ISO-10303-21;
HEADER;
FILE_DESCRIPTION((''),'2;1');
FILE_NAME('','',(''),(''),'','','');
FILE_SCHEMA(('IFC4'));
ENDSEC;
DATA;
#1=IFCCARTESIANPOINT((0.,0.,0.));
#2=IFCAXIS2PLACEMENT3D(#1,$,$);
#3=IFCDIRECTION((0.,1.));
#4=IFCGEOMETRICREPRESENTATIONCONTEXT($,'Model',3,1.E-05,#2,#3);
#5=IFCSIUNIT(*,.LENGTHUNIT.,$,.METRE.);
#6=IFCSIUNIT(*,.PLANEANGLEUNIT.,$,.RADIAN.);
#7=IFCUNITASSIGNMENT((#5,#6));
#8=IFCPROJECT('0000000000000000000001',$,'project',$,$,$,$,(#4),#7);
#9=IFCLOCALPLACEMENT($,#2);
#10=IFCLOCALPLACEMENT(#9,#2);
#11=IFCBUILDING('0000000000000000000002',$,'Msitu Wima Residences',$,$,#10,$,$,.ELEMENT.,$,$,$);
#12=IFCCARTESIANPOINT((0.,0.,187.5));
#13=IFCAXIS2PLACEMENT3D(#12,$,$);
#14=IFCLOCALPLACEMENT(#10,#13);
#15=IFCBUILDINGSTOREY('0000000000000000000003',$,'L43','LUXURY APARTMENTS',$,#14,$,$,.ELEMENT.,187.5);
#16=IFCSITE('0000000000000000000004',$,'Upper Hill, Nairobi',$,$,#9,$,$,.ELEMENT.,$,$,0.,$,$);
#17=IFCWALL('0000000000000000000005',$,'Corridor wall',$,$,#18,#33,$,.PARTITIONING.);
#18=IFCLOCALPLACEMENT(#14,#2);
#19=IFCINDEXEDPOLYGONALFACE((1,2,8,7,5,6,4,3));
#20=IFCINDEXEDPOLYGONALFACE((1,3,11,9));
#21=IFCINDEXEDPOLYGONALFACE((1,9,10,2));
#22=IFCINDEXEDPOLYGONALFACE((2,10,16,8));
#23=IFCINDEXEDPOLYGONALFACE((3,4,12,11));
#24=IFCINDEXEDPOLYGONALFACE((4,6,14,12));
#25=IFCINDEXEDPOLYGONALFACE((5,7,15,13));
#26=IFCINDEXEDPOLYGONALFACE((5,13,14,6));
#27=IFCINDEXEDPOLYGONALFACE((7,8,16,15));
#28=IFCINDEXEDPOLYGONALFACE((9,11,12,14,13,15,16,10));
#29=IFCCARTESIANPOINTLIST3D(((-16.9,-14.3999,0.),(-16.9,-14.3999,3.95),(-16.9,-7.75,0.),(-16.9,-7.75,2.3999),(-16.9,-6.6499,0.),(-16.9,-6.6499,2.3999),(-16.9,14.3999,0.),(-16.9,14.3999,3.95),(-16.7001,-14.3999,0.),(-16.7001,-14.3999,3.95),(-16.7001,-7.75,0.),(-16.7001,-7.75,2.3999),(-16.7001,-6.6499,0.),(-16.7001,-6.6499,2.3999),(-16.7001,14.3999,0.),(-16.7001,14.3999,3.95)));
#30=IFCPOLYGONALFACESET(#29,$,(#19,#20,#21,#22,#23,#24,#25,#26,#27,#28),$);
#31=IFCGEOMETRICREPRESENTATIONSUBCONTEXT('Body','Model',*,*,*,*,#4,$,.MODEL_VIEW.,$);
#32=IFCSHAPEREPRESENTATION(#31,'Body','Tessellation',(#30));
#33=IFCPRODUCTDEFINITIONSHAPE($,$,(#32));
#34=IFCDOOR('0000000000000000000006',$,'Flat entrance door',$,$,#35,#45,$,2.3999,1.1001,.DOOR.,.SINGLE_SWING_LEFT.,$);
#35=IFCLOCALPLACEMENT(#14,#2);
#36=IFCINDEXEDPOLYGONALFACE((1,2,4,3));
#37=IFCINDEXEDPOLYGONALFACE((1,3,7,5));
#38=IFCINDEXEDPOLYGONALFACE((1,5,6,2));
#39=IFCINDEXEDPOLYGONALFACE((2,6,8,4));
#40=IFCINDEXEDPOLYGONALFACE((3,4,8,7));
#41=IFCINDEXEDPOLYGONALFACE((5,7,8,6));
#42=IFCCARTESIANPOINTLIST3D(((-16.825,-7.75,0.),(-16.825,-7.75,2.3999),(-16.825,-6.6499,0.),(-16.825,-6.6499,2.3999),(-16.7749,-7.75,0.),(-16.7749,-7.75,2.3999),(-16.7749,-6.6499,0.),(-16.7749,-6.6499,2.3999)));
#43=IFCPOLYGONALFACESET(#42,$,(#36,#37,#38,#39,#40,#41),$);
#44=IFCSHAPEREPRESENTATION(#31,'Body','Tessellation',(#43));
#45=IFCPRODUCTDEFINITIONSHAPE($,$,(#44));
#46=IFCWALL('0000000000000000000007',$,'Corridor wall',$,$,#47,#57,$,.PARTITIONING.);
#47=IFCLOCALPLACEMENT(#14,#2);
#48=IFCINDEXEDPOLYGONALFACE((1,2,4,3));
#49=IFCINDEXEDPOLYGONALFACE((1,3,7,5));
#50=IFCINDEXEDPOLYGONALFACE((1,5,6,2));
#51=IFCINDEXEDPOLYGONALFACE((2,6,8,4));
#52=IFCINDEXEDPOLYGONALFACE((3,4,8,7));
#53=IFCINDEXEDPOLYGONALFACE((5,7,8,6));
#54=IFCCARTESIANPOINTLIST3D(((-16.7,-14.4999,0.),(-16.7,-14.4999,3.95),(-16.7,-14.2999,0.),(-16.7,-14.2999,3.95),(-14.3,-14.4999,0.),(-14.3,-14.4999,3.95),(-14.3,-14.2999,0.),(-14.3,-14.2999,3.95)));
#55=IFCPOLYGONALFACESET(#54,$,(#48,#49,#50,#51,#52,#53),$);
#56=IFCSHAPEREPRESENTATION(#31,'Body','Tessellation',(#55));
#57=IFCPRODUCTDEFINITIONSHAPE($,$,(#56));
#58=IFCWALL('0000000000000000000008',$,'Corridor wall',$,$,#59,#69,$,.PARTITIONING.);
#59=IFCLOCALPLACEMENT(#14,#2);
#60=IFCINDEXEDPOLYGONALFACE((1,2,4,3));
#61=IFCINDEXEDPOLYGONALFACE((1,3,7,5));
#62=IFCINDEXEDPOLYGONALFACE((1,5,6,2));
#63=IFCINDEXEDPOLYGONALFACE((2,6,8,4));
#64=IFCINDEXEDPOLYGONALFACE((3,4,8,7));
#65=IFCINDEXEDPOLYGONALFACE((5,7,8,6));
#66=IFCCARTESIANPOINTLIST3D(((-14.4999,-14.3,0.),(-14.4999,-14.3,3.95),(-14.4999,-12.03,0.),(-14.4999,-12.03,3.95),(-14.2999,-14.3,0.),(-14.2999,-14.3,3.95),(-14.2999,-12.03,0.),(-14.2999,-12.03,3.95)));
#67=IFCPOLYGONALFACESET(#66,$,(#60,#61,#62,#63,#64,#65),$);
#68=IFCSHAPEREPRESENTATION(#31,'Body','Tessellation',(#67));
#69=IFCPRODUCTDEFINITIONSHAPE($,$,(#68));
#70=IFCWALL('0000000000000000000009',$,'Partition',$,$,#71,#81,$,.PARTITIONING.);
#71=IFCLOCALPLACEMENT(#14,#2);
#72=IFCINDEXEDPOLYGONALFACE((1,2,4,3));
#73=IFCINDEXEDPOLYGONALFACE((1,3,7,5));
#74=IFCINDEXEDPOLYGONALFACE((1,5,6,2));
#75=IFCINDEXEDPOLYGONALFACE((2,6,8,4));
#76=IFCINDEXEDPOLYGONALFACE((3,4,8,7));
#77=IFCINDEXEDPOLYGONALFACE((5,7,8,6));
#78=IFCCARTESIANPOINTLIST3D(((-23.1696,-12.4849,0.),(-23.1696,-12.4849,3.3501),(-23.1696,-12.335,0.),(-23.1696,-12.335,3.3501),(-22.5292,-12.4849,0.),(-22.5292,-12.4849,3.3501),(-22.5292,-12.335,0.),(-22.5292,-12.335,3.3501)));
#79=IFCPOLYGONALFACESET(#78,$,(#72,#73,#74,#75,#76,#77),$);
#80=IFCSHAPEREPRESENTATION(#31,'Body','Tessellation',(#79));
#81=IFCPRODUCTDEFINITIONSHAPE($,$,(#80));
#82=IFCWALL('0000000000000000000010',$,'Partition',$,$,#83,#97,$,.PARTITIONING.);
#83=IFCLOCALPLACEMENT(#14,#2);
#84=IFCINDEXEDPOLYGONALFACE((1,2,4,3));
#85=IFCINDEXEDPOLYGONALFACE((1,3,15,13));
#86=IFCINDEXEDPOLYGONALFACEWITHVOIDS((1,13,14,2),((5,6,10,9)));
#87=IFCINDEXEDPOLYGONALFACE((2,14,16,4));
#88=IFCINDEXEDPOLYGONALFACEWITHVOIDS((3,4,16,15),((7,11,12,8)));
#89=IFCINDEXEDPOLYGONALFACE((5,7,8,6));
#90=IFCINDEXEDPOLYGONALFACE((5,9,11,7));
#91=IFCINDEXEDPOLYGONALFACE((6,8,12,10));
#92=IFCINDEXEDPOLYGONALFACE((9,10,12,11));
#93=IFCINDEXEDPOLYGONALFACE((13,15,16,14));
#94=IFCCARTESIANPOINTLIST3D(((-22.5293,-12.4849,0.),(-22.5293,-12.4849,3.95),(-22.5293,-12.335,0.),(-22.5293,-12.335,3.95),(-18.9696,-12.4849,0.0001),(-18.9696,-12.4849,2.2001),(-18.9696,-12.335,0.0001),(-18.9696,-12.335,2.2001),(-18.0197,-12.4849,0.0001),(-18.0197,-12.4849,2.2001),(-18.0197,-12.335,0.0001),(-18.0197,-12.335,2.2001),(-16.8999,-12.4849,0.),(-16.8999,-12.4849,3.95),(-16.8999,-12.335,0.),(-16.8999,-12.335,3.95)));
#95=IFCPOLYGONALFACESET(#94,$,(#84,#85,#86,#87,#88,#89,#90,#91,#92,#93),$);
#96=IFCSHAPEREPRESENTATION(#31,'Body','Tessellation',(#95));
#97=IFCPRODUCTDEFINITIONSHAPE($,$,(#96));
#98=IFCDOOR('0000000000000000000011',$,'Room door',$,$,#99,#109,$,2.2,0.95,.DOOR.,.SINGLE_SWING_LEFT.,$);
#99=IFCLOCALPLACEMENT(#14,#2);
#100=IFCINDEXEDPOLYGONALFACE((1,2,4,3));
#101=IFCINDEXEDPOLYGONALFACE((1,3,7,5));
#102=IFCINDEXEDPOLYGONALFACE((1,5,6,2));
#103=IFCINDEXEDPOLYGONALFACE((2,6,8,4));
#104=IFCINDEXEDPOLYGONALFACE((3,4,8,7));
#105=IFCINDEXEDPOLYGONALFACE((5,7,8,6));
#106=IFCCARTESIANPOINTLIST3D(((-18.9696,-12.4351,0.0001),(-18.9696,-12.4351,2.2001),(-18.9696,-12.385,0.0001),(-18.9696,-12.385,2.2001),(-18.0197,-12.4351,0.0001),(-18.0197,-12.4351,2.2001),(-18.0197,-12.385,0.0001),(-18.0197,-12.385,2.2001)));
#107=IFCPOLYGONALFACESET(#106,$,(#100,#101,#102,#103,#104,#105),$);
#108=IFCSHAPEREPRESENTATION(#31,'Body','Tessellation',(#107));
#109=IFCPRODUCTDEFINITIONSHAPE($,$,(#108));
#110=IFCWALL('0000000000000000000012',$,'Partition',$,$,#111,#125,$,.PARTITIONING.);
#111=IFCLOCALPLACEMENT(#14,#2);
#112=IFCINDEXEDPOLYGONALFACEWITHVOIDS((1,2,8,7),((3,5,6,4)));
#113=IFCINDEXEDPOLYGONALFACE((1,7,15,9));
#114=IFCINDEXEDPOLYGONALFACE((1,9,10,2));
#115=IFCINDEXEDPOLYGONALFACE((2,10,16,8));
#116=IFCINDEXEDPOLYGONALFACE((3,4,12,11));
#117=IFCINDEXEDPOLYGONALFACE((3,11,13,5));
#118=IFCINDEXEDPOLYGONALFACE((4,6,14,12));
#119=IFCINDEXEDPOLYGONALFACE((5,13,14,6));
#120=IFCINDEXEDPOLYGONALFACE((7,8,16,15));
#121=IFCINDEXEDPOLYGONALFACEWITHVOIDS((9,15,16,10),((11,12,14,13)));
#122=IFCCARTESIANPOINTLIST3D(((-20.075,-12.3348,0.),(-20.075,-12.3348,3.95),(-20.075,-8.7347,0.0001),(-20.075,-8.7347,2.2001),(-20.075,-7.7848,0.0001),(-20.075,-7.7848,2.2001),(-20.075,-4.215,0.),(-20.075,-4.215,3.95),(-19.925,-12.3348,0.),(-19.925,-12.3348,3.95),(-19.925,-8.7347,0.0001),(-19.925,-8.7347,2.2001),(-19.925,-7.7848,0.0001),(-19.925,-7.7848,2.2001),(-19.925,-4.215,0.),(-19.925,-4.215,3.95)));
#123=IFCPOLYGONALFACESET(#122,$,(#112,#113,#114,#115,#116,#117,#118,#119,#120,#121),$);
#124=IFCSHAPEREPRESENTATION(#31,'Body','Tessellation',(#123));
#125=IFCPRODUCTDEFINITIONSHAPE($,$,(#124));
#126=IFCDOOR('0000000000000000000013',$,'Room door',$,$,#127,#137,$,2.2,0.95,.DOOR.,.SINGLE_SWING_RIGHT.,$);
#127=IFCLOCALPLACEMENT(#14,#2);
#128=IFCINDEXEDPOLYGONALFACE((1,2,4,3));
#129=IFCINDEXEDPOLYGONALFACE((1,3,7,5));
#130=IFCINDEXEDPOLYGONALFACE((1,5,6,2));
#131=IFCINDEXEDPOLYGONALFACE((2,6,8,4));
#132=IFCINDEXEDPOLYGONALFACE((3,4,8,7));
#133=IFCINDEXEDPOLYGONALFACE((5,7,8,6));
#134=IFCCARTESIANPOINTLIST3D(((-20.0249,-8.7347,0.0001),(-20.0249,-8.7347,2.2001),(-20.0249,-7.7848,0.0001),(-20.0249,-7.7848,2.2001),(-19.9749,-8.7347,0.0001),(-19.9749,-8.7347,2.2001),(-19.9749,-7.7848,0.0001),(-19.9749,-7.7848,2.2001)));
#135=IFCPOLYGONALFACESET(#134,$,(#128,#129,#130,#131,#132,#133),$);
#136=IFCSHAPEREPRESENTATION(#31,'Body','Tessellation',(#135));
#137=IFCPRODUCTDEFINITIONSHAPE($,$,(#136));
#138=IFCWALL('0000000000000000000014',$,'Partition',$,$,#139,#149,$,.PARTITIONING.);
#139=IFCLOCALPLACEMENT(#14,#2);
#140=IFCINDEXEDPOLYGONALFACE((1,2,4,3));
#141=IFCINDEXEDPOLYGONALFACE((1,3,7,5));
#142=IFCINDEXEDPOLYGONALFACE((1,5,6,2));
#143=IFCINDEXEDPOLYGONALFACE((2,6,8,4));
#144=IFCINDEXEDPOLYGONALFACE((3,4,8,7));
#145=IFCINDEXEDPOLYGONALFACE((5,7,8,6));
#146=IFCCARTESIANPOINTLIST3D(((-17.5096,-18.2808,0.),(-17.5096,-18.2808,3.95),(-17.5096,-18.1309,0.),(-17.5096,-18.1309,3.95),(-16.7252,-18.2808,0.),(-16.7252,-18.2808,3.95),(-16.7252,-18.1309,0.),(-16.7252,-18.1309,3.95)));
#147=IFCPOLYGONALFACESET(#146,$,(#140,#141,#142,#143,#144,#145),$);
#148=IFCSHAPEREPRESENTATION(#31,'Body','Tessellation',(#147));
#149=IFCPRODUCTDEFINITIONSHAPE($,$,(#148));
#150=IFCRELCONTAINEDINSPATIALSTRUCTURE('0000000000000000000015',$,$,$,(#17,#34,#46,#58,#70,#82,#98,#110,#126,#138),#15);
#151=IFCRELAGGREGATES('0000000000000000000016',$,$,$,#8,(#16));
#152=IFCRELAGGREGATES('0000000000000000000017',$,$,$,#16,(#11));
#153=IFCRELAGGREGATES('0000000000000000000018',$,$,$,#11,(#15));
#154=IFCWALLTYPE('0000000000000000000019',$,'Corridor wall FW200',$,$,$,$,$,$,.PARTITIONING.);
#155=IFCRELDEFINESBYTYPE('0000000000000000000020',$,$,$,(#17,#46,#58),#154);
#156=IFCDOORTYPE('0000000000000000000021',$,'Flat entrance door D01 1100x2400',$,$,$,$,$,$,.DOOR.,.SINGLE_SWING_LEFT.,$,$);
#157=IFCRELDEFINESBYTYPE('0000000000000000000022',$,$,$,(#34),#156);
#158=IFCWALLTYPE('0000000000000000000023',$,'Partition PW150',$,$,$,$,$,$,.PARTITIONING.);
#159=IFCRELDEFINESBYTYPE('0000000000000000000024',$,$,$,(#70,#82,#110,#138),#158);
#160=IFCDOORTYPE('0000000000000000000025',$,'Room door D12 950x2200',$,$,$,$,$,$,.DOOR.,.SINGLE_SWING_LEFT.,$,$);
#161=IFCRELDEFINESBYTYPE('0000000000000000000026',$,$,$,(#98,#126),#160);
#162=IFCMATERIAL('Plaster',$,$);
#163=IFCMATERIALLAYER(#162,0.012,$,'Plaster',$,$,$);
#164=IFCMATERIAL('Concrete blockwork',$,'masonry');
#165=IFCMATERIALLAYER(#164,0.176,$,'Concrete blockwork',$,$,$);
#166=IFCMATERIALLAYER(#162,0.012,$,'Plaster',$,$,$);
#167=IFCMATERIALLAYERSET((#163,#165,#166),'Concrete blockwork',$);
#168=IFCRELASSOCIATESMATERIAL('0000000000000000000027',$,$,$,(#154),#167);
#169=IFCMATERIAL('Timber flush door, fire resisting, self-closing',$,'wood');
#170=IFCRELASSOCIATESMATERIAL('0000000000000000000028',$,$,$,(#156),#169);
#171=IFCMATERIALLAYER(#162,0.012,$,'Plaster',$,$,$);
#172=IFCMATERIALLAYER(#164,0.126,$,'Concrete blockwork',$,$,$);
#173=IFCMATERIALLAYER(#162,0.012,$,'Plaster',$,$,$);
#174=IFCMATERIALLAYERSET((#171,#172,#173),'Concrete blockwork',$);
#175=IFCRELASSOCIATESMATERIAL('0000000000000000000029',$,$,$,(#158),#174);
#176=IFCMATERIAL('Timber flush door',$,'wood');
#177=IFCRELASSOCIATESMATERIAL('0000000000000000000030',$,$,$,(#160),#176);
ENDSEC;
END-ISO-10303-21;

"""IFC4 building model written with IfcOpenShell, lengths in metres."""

from ifc_helpers import new_model, si_unit, direction, frame, frame_2d, origin, place, context, subcontext, project, spatial, rectangle, extrude, material, layer, layer_set, type_object, element, fill, save


model = new_model("IFC4")

# Units and contexts
model_context = context("Model", 3, precision=1e-05, world=origin(), true_north=direction((0.0, 1.0)))
body_context = subcontext(model_context, "Body", "Model", "MODEL_VIEW")
ifc_project = project(units=[si_unit("LENGTHUNIT", "METRE"), si_unit("PLANEANGLEUNIT", "RADIAN")], contexts=[model_context])

# Site, building, storey
site_placement = place(None, origin())
site = spatial("IfcSite", under=ifc_project, at=site_placement, Name="Upper Hill, Nairobi", CompositionType="ELEMENT", RefElevation=0.0)
building_placement = place(site_placement, origin())
building = spatial("IfcBuilding", under=site, at=building_placement, Name="Msitu Wima Residences", CompositionType="ELEMENT")
storey_placement = place(building_placement, frame((0.0, 0.0, 187.5)))
storey = spatial("IfcBuildingStorey", under=building, at=storey_placement, Name="L43", Description="LUXURY APARTMENTS", CompositionType="ELEMENT", Elevation=187.5)

# Wall, opening, door
ifc_material_1 = material(Name="Plaster")
ifc_layer_1 = layer(ifc_material_1, 0.012, Name="Plaster")
ifc_material_2 = material(Name="Concrete blockwork", Category="masonry")
ifc_layer_2 = layer(ifc_material_2, 0.176, Name="Concrete blockwork")
ifc_layer_3 = layer(ifc_material_1, 0.012, Name="Plaster")
ifc_layer_set_1 = layer_set([ifc_layer_1, ifc_layer_2, ifc_layer_3], Name="Concrete blockwork")
wall_type_1 = type_object("IfcWallType", Name="Corridor wall FW200", PredefinedType="PARTITIONING", material=ifc_layer_set_1)
wall_1_placement = place(storey_placement, frame((-16.8, -14.3999, 0.0), z_axis=(0.0, 0.0, 1.0), x_axis=(0.0, 1.0, 0.0)))
wall_1 = element("IfcWall", 1, at=wall_1_placement, inside=storey, type_object=wall_type_1, Name="Corridor wall", PredefinedType="PARTITIONING", context=body_context, shape_type="SweptSolid", body=[
    extrude(rectangle(XDim=28.7998, YDim=0.2, at=frame_2d((14.3999, 0.0))), origin(), (0.0, 0.0, 1.0), 3.95),
])
opening_1_placement = place(wall_1_placement, frame((6.6499, 0.0, 0.0)))
opening_1 = element("IfcOpeningElement", 2, at=opening_1_placement, cuts=wall_1, PredefinedType="OPENING", context=body_context, shape_type="SweptSolid", body=[
    extrude(rectangle(XDim=1.1001, YDim=2.3999, at=frame_2d((0.55, 1.2))), frame((0.0, 0.1099, 0.0), z_axis=(0.0, -1.0, 0.0), x_axis=(1.0, 0.0, 0.0)), (0.0, 0.0, 1.0), 0.22),
])
ifc_material_3 = material(Name="Timber flush door, fire resisting, self-closing", Category="wood")
door_type_1 = type_object("IfcDoorType", Name="Flat entrance door D01 1100x2400", OperationType="SINGLE_SWING_LEFT", PredefinedType="DOOR", material=ifc_material_3)
door_1_placement = place(opening_1_placement, origin())
door_1 = element("IfcDoor", 3, at=door_1_placement, inside=storey, type_object=door_type_1, Name="Flat entrance door", OperationType="SINGLE_SWING_LEFT", OverallHeight=2.3999, OverallWidth=1.1001, PredefinedType="DOOR", context=body_context, shape_type="SweptSolid", body=[
    extrude(rectangle(XDim=1.1001, YDim=2.3999, at=frame_2d((0.55, 1.2))), frame((0.0, 0.0249, 0.0), z_axis=(0.0, -1.0, 0.0), x_axis=(1.0, 0.0, 0.0)), (0.0, 0.0, 1.0), 0.05),
])
fill(opening_1, door_1)

# Walls
wall_2_placement = place(storey_placement, frame((-16.7, -14.3999, 0.0), z_axis=(0.0, 0.0, 1.0), x_axis=(1.0, 0.0, 0.0)))
element("IfcWall", 4, at=wall_2_placement, inside=storey, type_object=wall_type_1, Name="Corridor wall", PredefinedType="PARTITIONING", context=body_context, shape_type="SweptSolid", body=[
    extrude(rectangle(XDim=2.3999, YDim=0.2, at=frame_2d((1.2, 0.0))), origin(), (0.0, 0.0, 1.0), 3.95),
])
wall_3_placement = place(storey_placement, frame((-14.3999, -14.3, 0.0), z_axis=(0.0, 0.0, 1.0), x_axis=(0.0, 1.0, 0.0)))
element("IfcWall", 5, at=wall_3_placement, inside=storey, type_object=wall_type_1, Name="Corridor wall", PredefinedType="PARTITIONING", context=body_context, shape_type="SweptSolid", body=[
    extrude(rectangle(XDim=2.27, YDim=0.2, at=frame_2d((1.135, 0.0))), origin(), (0.0, 0.0, 1.0), 3.95),
])
ifc_layer_4 = layer(ifc_material_1, 0.012, Name="Plaster")
ifc_layer_5 = layer(ifc_material_2, 0.126, Name="Concrete blockwork")
ifc_layer_6 = layer(ifc_material_1, 0.012, Name="Plaster")
ifc_layer_set_2 = layer_set([ifc_layer_4, ifc_layer_5, ifc_layer_6], Name="Concrete blockwork")
wall_type_2 = type_object("IfcWallType", Name="Partition PW150", PredefinedType="PARTITIONING", material=ifc_layer_set_2)
wall_4_placement = place(storey_placement, frame((-23.1697, -12.4099, 0.0), z_axis=(0.0, 0.0, 1.0), x_axis=(1.0, 0.0, 0.0)))
element("IfcWall", 6, at=wall_4_placement, inside=storey, type_object=wall_type_2, Name="Partition", PredefinedType="PARTITIONING", context=body_context, shape_type="SweptSolid", body=[
    extrude(rectangle(XDim=0.6404, YDim=0.1499, at=frame_2d((0.3203, 0.0))), origin(), (0.0, 0.0, 1.0), 3.3501),
])

# Walls, openings, doors
wall_5_placement = place(storey_placement, frame((-22.5293, -12.4099, 0.0), z_axis=(0.0, 0.0, 1.0), x_axis=(1.0, 0.0, 0.0)))
wall_5 = element("IfcWall", 7, at=wall_5_placement, inside=storey, type_object=wall_type_2, Name="Partition", PredefinedType="PARTITIONING", context=body_context, shape_type="SweptSolid", body=[
    extrude(rectangle(XDim=5.6294, YDim=0.1499, at=frame_2d((2.8147, 0.0))), origin(), (0.0, 0.0, 1.0), 3.95),
])
opening_2_placement = place(wall_5_placement, frame((3.5596, 0.0, 0.0)))
opening_2 = element("IfcOpeningElement", 8, at=opening_2_placement, cuts=wall_5, PredefinedType="OPENING", context=body_context, shape_type="SweptSolid", body=[
    extrude(rectangle(XDim=0.95, YDim=2.2, at=frame_2d((0.4751, 1.1001))), frame((0.0, 0.085, 0.0), z_axis=(0.0, -1.0, 0.0), x_axis=(1.0, 0.0, 0.0)), (0.0, 0.0, 1.0), 0.1699),
])
ifc_material_4 = material(Name="Timber flush door", Category="wood")
door_type_2 = type_object("IfcDoorType", Name="Room door D12 950x2200", OperationType="SINGLE_SWING_LEFT", PredefinedType="DOOR", material=ifc_material_4)
door_2_placement = place(opening_2_placement, origin())
door_2 = element("IfcDoor", 9, at=door_2_placement, inside=storey, type_object=door_type_2, Name="Room door", OperationType="SINGLE_SWING_LEFT", OverallHeight=2.2, OverallWidth=0.95, PredefinedType="DOOR", context=body_context, shape_type="SweptSolid", body=[
    extrude(rectangle(XDim=0.95, YDim=2.2, at=frame_2d((0.4751, 1.1001))), frame((0.0, 0.0249, 0.0), z_axis=(0.0, -1.0, 0.0), x_axis=(1.0, 0.0, 0.0)), (0.0, 0.0, 1.0), 0.05),
])
fill(opening_2, door_2)
wall_6_placement = place(storey_placement, frame((-20.0, -12.335, 0.0), z_axis=(0.0, 0.0, 1.0), x_axis=(0.0, 1.0, 0.0)))
wall_6 = element("IfcWall", 10, at=wall_6_placement, inside=storey, type_object=wall_type_2, Name="Partition", PredefinedType="PARTITIONING", context=body_context, shape_type="SweptSolid", body=[
    extrude(rectangle(XDim=8.1199, YDim=0.1499, at=frame_2d((4.0601, 0.0))), origin(), (0.0, 0.0, 1.0), 3.95),
])
opening_3_placement = place(wall_6_placement, frame((3.6001, 0.0, 0.0)))
opening_3 = element("IfcOpeningElement", 11, at=opening_3_placement, cuts=wall_6, PredefinedType="OPENING", context=body_context, shape_type="SweptSolid", body=[
    extrude(rectangle(XDim=0.95, YDim=2.2, at=frame_2d((0.4751, 1.1001))), frame((0.0, 0.085, 0.0), z_axis=(0.0, -1.0, 0.0), x_axis=(1.0, 0.0, 0.0)), (0.0, 0.0, 1.0), 0.1699),
])
door_3_placement = place(opening_3_placement, origin())
door_3 = element("IfcDoor", 12, at=door_3_placement, inside=storey, type_object=door_type_2, Name="Room door", OperationType="SINGLE_SWING_RIGHT", OverallHeight=2.2, OverallWidth=0.95, PredefinedType="DOOR", context=body_context, shape_type="SweptSolid", body=[
    extrude(rectangle(XDim=0.95, YDim=2.2, at=frame_2d((0.4751, 1.1001))), frame((0.0, 0.0249, 0.0), z_axis=(0.0, -1.0, 0.0), x_axis=(1.0, 0.0, 0.0)), (0.0, 0.0, 1.0), 0.05),
])
fill(opening_3, door_3)

# Wall
wall_7_placement = place(storey_placement, frame((-17.5095, -18.2058, 0.0), z_axis=(0.0, 0.0, 1.0), x_axis=(1.0, 0.0, 0.0)))
element("IfcWall", 13, at=wall_7_placement, inside=storey, type_object=wall_type_2, Name="Partition", PredefinedType="PARTITIONING", context=body_context, shape_type="SweptSolid", body=[
    extrude(rectangle(XDim=0.7844, YDim=0.1499, at=frame_2d((0.3921, 0.0))), origin(), (0.0, 0.0, 1.0), 3.95),
])

save(model, "model.ifc")
